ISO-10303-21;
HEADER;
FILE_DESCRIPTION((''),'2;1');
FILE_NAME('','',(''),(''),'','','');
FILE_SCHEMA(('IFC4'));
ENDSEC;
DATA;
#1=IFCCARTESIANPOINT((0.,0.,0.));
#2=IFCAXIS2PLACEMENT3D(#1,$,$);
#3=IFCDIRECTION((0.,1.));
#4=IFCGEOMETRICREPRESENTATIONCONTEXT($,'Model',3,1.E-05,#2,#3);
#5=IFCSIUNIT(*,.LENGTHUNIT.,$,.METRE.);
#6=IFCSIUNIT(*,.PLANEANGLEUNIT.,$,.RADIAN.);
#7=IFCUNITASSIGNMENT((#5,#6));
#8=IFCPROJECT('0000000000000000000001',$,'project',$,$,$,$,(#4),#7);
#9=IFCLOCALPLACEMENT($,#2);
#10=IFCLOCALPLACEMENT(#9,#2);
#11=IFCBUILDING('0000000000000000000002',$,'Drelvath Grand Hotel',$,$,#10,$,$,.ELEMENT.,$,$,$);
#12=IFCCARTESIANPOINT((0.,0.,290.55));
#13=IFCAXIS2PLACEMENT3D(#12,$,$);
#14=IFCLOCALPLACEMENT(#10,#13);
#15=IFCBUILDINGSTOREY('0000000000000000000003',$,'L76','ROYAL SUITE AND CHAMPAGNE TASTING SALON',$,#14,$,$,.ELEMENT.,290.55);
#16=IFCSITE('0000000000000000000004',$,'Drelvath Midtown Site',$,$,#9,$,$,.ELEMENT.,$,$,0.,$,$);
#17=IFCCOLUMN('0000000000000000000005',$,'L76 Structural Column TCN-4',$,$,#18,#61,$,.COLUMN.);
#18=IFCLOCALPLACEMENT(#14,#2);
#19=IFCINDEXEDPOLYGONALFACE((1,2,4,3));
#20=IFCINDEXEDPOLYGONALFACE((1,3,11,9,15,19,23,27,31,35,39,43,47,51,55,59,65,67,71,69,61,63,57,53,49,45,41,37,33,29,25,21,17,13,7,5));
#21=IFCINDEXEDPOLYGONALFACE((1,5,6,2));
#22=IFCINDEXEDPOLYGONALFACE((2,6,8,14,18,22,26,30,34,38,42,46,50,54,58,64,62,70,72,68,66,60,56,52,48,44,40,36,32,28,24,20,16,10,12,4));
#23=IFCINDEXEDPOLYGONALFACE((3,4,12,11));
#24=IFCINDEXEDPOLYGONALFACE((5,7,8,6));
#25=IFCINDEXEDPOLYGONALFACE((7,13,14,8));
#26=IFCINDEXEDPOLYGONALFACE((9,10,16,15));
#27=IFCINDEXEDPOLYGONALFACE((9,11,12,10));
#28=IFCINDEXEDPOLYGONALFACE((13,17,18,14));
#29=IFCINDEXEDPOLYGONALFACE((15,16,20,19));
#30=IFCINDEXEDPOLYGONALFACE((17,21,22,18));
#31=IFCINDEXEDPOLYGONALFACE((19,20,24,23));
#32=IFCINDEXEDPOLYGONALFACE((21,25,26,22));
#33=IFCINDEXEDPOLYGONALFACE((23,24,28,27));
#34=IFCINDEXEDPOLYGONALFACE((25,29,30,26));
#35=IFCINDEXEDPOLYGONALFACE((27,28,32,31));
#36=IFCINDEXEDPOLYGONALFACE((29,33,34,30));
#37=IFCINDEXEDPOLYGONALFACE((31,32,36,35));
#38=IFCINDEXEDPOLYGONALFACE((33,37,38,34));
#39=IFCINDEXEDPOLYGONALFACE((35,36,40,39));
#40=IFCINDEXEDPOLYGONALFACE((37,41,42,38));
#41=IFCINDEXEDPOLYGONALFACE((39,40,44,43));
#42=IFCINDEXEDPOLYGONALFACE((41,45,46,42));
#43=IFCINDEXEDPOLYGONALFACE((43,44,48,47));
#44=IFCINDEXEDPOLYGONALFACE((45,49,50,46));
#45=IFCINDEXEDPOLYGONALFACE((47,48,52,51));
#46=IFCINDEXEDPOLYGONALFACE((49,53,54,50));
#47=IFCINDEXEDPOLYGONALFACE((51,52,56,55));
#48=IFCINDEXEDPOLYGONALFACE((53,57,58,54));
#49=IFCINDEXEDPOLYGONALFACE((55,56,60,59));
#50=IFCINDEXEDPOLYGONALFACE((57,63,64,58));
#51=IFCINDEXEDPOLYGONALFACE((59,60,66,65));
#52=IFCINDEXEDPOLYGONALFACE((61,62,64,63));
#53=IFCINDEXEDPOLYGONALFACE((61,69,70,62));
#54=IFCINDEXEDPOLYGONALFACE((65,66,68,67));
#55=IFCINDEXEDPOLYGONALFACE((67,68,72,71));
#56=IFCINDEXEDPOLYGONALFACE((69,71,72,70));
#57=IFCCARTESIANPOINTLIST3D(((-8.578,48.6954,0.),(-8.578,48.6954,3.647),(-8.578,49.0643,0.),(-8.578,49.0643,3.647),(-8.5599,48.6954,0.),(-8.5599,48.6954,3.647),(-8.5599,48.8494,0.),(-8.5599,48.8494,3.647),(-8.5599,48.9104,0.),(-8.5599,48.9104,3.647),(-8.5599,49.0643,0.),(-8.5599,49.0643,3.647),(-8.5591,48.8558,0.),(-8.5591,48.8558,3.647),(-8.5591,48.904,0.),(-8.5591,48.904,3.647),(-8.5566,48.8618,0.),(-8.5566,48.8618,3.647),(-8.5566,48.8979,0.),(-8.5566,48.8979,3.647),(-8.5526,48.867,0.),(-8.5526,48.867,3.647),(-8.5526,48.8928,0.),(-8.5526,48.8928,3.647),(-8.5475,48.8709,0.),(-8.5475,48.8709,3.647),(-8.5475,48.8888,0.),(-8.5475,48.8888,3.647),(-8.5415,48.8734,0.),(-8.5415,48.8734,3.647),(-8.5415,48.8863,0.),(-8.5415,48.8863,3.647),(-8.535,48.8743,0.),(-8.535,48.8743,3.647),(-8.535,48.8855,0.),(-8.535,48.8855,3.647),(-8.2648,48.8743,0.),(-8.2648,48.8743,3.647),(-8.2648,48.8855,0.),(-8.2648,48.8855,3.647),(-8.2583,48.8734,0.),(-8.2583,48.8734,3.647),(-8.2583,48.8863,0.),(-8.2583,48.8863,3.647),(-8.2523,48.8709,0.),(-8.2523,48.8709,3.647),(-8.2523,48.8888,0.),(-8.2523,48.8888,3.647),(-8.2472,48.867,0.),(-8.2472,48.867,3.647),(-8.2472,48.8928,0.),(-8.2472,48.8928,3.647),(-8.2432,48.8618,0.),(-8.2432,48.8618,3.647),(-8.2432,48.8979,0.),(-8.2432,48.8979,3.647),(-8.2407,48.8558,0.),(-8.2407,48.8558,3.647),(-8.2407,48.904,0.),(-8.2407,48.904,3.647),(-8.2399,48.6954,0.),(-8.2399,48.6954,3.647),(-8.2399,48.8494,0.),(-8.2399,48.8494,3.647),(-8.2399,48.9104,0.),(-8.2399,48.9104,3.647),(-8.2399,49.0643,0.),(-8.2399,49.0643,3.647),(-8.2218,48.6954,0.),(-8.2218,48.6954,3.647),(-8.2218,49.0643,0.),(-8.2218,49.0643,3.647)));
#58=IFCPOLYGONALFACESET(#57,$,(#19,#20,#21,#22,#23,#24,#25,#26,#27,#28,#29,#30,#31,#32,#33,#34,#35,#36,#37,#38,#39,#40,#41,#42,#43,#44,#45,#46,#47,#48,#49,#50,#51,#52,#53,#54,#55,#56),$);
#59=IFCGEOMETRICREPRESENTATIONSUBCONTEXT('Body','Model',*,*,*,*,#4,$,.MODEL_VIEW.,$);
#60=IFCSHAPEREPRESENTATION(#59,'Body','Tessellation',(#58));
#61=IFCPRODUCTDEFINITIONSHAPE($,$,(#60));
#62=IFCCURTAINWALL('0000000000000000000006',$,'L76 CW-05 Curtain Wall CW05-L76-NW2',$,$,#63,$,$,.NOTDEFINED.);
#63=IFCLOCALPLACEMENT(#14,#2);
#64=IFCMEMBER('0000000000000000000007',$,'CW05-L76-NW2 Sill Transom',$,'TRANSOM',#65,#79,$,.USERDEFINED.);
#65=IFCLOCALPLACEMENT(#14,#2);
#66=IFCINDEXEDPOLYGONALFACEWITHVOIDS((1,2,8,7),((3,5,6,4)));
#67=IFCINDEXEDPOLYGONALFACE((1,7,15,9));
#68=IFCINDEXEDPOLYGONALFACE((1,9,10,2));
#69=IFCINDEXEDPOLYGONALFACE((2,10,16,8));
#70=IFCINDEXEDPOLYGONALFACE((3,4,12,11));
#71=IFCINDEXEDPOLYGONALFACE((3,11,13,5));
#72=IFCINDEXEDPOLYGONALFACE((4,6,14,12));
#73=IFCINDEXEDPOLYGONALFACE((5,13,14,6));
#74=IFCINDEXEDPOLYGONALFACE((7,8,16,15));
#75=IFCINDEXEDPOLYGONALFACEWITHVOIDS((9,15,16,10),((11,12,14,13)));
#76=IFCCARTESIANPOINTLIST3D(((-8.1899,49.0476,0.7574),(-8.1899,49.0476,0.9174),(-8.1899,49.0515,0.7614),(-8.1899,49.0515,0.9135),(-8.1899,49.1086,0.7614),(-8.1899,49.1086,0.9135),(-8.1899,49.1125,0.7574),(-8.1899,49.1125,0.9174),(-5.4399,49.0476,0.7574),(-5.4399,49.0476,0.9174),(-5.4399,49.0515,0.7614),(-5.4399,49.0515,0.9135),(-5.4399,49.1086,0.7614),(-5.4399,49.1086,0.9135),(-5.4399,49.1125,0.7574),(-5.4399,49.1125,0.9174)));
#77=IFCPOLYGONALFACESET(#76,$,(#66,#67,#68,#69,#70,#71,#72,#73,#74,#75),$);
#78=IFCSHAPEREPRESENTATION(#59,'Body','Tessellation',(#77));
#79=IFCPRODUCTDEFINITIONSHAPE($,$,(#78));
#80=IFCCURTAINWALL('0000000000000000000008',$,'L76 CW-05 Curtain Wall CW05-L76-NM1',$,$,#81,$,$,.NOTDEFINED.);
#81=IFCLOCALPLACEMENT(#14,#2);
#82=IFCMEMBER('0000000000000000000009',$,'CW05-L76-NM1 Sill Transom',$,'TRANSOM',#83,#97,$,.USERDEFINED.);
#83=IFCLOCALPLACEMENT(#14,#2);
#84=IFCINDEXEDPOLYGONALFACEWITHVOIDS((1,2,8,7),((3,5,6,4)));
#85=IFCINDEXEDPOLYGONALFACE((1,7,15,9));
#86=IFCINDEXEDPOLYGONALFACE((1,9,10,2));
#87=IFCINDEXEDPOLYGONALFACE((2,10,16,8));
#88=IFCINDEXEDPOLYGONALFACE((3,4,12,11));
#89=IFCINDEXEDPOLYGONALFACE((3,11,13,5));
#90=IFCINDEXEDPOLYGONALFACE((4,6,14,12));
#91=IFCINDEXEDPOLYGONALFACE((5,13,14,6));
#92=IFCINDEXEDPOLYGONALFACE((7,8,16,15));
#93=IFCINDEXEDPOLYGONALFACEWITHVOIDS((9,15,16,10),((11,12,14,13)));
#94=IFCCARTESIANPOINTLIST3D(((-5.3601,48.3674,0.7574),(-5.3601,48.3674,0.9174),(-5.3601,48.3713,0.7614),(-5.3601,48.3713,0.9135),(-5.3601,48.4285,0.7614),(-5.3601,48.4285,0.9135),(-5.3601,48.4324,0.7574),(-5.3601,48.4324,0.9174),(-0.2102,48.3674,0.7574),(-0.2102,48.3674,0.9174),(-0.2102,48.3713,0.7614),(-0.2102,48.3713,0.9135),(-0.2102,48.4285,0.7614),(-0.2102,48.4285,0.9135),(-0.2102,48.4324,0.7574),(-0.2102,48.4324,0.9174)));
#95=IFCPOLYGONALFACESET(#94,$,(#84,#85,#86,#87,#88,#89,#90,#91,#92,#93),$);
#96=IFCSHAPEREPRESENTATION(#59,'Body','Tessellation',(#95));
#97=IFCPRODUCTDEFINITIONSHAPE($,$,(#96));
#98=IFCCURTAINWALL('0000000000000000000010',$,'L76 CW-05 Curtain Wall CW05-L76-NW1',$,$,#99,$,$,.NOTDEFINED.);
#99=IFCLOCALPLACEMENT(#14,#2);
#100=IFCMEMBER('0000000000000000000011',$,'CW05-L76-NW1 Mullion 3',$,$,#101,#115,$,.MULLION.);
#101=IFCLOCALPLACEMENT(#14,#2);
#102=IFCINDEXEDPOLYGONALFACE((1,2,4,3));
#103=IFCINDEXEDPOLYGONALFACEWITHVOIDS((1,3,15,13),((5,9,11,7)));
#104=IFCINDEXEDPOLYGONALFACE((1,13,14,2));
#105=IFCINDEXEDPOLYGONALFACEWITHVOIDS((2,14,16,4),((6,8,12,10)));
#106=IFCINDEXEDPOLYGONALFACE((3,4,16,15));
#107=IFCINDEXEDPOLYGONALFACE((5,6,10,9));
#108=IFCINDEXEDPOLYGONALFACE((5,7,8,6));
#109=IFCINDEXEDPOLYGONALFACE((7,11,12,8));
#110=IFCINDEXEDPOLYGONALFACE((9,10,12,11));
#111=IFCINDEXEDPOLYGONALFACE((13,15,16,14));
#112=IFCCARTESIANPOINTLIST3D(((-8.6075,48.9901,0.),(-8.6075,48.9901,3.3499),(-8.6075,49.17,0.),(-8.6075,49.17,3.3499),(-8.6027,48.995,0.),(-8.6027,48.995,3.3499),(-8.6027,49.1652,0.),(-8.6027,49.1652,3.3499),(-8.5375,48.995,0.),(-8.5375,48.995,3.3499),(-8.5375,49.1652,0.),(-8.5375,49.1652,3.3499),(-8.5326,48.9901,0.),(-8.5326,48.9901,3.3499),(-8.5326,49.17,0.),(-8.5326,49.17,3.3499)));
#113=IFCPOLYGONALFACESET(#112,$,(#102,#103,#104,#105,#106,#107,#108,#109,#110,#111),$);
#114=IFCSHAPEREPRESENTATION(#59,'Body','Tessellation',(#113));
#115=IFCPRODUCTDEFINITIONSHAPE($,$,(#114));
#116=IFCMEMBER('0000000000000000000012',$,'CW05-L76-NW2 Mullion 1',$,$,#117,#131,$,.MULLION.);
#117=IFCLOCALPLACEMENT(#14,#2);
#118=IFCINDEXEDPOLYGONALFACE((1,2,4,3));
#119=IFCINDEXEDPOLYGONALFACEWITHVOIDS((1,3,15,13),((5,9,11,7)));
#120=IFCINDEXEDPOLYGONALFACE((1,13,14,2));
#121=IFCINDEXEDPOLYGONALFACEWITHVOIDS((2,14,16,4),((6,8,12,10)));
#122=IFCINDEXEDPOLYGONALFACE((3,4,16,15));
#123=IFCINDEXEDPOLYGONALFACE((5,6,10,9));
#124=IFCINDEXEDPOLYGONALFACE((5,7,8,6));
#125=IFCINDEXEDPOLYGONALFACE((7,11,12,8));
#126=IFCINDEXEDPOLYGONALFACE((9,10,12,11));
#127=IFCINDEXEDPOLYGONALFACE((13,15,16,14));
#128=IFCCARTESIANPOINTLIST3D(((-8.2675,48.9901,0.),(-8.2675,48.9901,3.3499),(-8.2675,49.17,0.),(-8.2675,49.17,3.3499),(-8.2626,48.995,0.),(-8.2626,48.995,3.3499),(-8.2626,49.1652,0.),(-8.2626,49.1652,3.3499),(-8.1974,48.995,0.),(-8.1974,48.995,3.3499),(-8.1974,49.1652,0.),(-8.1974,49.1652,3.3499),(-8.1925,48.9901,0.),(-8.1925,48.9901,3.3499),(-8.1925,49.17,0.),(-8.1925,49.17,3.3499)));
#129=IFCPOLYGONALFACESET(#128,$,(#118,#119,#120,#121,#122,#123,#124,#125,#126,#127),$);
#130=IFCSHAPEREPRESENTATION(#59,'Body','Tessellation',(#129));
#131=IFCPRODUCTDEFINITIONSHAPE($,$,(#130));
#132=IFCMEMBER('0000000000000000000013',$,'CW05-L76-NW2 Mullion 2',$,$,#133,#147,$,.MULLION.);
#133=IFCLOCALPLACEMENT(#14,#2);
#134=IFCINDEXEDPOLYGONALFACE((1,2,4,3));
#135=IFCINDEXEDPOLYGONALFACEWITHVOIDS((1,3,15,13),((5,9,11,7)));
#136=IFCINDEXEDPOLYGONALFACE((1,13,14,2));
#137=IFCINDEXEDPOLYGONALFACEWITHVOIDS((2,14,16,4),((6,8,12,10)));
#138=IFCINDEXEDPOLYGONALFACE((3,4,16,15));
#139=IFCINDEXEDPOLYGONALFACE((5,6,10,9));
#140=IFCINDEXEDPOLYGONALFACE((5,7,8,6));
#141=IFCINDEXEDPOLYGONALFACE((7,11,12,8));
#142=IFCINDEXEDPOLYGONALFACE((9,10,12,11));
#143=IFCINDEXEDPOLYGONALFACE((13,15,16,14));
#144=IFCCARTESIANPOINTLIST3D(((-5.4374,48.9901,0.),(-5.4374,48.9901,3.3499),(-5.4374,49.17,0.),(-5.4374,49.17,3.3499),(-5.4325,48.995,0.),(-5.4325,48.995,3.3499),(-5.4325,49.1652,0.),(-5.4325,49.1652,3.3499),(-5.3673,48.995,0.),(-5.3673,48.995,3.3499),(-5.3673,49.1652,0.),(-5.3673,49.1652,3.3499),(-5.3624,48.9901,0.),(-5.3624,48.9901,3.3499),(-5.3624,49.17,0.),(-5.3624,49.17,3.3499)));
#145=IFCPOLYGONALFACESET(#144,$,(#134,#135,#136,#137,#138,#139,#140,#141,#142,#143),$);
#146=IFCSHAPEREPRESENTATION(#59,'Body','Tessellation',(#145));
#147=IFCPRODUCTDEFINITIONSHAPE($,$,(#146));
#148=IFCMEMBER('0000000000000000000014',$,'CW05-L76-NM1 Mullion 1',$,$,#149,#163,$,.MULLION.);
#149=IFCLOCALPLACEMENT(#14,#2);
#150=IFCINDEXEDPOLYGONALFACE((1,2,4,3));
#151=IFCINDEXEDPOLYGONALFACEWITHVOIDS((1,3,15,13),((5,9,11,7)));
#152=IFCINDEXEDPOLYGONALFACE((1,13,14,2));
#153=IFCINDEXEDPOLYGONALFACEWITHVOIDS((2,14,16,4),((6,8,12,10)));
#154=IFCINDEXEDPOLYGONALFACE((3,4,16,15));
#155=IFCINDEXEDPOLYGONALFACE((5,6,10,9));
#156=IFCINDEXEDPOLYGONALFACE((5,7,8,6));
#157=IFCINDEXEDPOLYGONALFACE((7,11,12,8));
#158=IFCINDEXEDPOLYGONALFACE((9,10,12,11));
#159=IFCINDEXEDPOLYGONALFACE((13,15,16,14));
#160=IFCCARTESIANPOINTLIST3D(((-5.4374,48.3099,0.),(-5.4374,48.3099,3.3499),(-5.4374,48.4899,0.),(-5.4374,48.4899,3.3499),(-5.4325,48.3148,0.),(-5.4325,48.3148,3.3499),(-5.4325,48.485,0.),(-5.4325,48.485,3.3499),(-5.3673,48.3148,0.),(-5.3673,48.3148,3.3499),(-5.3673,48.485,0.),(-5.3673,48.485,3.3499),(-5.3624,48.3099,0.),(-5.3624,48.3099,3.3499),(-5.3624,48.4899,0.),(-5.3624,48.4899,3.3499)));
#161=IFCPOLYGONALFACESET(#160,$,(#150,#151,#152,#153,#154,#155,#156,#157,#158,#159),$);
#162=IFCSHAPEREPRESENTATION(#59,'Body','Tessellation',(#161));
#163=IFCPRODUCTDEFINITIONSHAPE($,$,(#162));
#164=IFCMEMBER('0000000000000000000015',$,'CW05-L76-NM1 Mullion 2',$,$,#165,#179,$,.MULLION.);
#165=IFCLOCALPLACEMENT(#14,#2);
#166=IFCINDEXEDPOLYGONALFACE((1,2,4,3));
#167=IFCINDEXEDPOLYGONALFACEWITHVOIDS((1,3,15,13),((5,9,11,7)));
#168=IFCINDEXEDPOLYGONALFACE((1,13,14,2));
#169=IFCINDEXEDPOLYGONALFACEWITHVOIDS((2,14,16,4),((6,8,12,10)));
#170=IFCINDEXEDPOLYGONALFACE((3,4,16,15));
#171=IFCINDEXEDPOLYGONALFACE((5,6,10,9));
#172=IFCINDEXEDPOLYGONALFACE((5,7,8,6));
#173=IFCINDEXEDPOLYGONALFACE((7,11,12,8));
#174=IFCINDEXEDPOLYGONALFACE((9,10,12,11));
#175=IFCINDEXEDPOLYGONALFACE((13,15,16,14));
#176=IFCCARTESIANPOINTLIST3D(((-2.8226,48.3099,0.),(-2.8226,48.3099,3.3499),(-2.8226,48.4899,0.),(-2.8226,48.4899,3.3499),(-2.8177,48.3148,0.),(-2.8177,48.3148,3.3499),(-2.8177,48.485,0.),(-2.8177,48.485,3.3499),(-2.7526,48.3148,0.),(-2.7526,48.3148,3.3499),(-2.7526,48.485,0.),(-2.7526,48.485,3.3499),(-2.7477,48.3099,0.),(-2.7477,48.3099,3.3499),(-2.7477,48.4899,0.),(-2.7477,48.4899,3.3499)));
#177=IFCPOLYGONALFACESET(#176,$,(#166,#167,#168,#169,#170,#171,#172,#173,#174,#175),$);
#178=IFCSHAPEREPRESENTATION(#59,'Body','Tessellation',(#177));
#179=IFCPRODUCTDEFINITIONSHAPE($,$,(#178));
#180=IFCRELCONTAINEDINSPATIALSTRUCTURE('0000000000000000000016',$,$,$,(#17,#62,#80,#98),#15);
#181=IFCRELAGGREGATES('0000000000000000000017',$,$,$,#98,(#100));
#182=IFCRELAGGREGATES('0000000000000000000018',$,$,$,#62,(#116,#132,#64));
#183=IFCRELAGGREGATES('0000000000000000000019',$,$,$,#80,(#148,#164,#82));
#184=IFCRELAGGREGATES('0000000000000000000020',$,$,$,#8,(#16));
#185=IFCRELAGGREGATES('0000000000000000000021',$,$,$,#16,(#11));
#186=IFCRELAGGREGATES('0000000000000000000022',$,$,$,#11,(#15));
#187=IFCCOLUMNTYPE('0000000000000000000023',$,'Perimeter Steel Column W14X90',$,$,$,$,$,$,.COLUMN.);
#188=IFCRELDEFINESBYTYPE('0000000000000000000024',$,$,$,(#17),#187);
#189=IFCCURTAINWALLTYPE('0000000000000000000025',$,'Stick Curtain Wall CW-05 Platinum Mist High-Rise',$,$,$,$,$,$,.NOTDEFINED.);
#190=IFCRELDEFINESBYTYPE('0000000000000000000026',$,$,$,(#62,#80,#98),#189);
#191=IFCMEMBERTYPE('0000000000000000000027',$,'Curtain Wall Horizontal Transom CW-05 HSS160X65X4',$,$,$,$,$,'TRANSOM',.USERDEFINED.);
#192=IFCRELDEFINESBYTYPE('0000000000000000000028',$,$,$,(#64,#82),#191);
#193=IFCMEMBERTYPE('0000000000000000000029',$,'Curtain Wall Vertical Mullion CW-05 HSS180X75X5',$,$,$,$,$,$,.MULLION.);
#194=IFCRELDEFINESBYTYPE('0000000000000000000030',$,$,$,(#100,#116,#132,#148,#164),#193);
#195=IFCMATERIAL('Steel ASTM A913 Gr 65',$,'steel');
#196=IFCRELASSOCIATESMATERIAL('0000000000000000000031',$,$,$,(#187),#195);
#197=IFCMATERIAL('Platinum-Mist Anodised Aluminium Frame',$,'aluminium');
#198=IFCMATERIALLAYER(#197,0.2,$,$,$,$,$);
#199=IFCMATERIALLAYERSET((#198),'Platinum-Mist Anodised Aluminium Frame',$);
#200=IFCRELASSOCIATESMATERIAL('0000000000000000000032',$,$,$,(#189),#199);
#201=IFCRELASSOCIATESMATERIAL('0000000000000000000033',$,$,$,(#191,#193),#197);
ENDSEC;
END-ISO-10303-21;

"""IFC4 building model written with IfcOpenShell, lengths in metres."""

from ifc_helpers import new_model, si_unit, direction, frame, origin, origin_2d, place, context, subcontext, project, spatial, hollow_rectangle, i_section, extrude, material, layer, layer_set, material_profile, profile_set, type_object, element, aggregate, save


model = new_model("IFC4")

# Units and contexts
model_context = context("Model", 3, precision=1e-05, world=origin(), true_north=direction((0.0, 1.0)))
body_context = subcontext(model_context, "Body", "Model", "MODEL_VIEW")
ifc_project = project(units=[si_unit("LENGTHUNIT", "METRE"), si_unit("PLANEANGLEUNIT", "RADIAN")], contexts=[model_context])

# Site, building, storey
site_placement = place(None, origin())
site = spatial("IfcSite", under=ifc_project, at=site_placement, Name="Drelvath Midtown Site", CompositionType="ELEMENT", RefElevation=0.0)
building_placement = place(site_placement, origin())
building = spatial("IfcBuilding", under=site, at=building_placement, Name="Drelvath Grand Hotel", CompositionType="ELEMENT")
storey_placement = place(building_placement, frame((0.0, 0.0, 290.55)))
storey = spatial("IfcBuildingStorey", under=building, at=storey_placement, Name="L76", Description="ROYAL SUITE AND CHAMPAGNE TASTING SALON", CompositionType="ELEMENT", Elevation=290.55)

# Column
ifc_material_1 = material(Name="Steel ASTM A913 Gr 65", Category="steel")
ifc_material_profile_1 = material_profile(ifc_material_1, i_section(OverallWidth=0.3689, OverallDepth=0.3562, WebThickness=0.0112, FlangeThickness=0.0181, FilletRadius=0.0249, at=origin_2d()), Name="W14X90")
ifc_profile_set_1 = profile_set([ifc_material_profile_1], Name="Steel ASTM A913 Gr 65")
column_type = type_object("IfcColumnType", Name="Perimeter Steel Column W14X90", PredefinedType="COLUMN", material=ifc_profile_set_1)
column_placement = place(storey_placement, frame((-8.3999, 48.8799, 0.0), z_axis=(0.0, 0.0, 1.0), x_axis=(0.0, 1.0, 0.0)))
element("IfcColumn", 1, at=column_placement, inside=storey, type_object=column_type, Name="L76 Structural Column TCN-4", PredefinedType="COLUMN", context=body_context, shape_type="SweptSolid", body=[
    extrude(i_section(OverallWidth=0.3689, OverallDepth=0.3562, WebThickness=0.0112, FlangeThickness=0.0181, FilletRadius=0.0249, at=origin_2d()), origin(), (0.0, 0.0, 1.0), 3.647),
])

# Curtain walls, members
ifc_material_2 = material(Name="Platinum-Mist Anodised Aluminium Frame", Category="aluminium")
ifc_layer_1 = layer(ifc_material_2, 0.2)
ifc_layer_set_1 = layer_set([ifc_layer_1], Name="Platinum-Mist Anodised Aluminium Frame")
curtain_wall_type = type_object("IfcCurtainWallType", Name="Stick Curtain Wall CW-05 Platinum Mist High-Rise", PredefinedType="NOTDEFINED", material=ifc_layer_set_1)
curtain_wall_1_placement = place(storey_placement, origin())
curtain_wall_1 = element("IfcCurtainWall", 2, at=curtain_wall_1_placement, inside=storey, type_object=curtain_wall_type, Name="L76 CW-05 Curtain Wall CW05-L76-NW2", PredefinedType="NOTDEFINED")
ifc_material_profile_2 = material_profile(ifc_material_2, hollow_rectangle(XDim=0.0649, YDim=0.1599, WallThickness=0.0039, at=origin_2d()), Name="HSS160X65X4")
ifc_profile_set_2 = profile_set([ifc_material_profile_2], Name="Platinum-Mist Anodised Aluminium Frame")
member_type_1 = type_object("IfcMemberType", Name="Curtain Wall Horizontal Transom CW-05 HSS160X65X4", ElementType="TRANSOM", PredefinedType="USERDEFINED", material=ifc_profile_set_2)
member_1_placement = place(storey_placement, frame((-8.1899, 49.0801, 0.8374), z_axis=(1.0, 0.0, 0.0), x_axis=(0.0, 1.0, 0.0)))
member_1 = element("IfcMember", 3, at=member_1_placement, type_object=member_type_1, Name="CW05-L76-NW2 Sill Transom", ObjectType="TRANSOM", PredefinedType="USERDEFINED", context=body_context, shape_type="SweptSolid", body=[
    extrude(hollow_rectangle(XDim=0.0649, YDim=0.1599, WallThickness=0.0039, at=origin_2d()), origin(), (0.0, 0.0, 1.0), 2.75),
])
curtain_wall_2_placement = place(storey_placement, origin())
curtain_wall_2 = element("IfcCurtainWall", 4, at=curtain_wall_2_placement, inside=storey, type_object=curtain_wall_type, Name="L76 CW-05 Curtain Wall CW05-L76-NM1", PredefinedType="NOTDEFINED")
member_2_placement = place(storey_placement, frame((-5.3601, 48.3999, 0.8374), z_axis=(1.0, 0.0, 0.0), x_axis=(0.0, 1.0, 0.0)))
member_2 = element("IfcMember", 5, at=member_2_placement, type_object=member_type_1, Name="CW05-L76-NM1 Sill Transom", ObjectType="TRANSOM", PredefinedType="USERDEFINED", context=body_context, shape_type="SweptSolid", body=[
    extrude(hollow_rectangle(XDim=0.0649, YDim=0.1599, WallThickness=0.0039, at=origin_2d()), origin(), (0.0, 0.0, 1.0), 5.1499),
])
curtain_wall_3_placement = place(storey_placement, origin())
curtain_wall_3 = element("IfcCurtainWall", 6, at=curtain_wall_3_placement, inside=storey, type_object=curtain_wall_type, Name="L76 CW-05 Curtain Wall CW05-L76-NW1", PredefinedType="NOTDEFINED")
ifc_material_profile_3 = material_profile(ifc_material_2, hollow_rectangle(XDim=0.075, YDim=0.1799, WallThickness=0.0049, at=origin_2d()), Name="HSS180X75X5")
ifc_profile_set_3 = profile_set([ifc_material_profile_3], Name="Platinum-Mist Anodised Aluminium Frame")
member_type_2 = type_object("IfcMemberType", Name="Curtain Wall Vertical Mullion CW-05 HSS180X75X5", PredefinedType="MULLION", material=ifc_profile_set_3)
member_3_placement = place(storey_placement, frame((-8.5701, 49.0801, 0.0), z_axis=(0.0, 0.0, 1.0), x_axis=(1.0, 0.0, 0.0)))
member_3 = element("IfcMember", 7, at=member_3_placement, type_object=member_type_2, Name="CW05-L76-NW1 Mullion 3", PredefinedType="MULLION", context=body_context, shape_type="SweptSolid", body=[
    extrude(hollow_rectangle(XDim=0.075, YDim=0.1799, WallThickness=0.0049, at=origin_2d()), origin(), (0.0, 0.0, 1.0), 3.3499),
])

# Members
member_4_placement = place(storey_placement, frame((-8.23, 49.0801, 0.0), z_axis=(0.0, 0.0, 1.0), x_axis=(1.0, 0.0, 0.0)))
member_4 = element("IfcMember", 8, at=member_4_placement, type_object=member_type_2, Name="CW05-L76-NW2 Mullion 1", PredefinedType="MULLION", context=body_context, shape_type="SweptSolid", body=[
    extrude(hollow_rectangle(XDim=0.075, YDim=0.1799, WallThickness=0.0049, at=origin_2d()), origin(), (0.0, 0.0, 1.0), 3.3499),
])
member_5_placement = place(storey_placement, frame((-5.3999, 49.0801, 0.0), z_axis=(0.0, 0.0, 1.0), x_axis=(1.0, 0.0, 0.0)))
member_5 = element("IfcMember", 9, at=member_5_placement, type_object=member_type_2, Name="CW05-L76-NW2 Mullion 2", PredefinedType="MULLION", context=body_context, shape_type="SweptSolid", body=[
    extrude(hollow_rectangle(XDim=0.075, YDim=0.1799, WallThickness=0.0049, at=origin_2d()), origin(), (0.0, 0.0, 1.0), 3.3499),
])
member_6_placement = place(storey_placement, frame((-5.3999, 48.3999, 0.0), z_axis=(0.0, 0.0, 1.0), x_axis=(1.0, 0.0, 0.0)))
member_6 = element("IfcMember", 10, at=member_6_placement, type_object=member_type_2, Name="CW05-L76-NM1 Mullion 1", PredefinedType="MULLION", context=body_context, shape_type="SweptSolid", body=[
    extrude(hollow_rectangle(XDim=0.075, YDim=0.1799, WallThickness=0.0049, at=origin_2d()), origin(), (0.0, 0.0, 1.0), 3.3499),
])
member_7_placement = place(storey_placement, frame((-2.7852, 48.3999, 0.0), z_axis=(0.0, 0.0, 1.0), x_axis=(1.0, 0.0, 0.0)))
member_7 = element("IfcMember", 11, at=member_7_placement, type_object=member_type_2, Name="CW05-L76-NM1 Mullion 2", PredefinedType="MULLION", context=body_context, shape_type="SweptSolid", body=[
    extrude(hollow_rectangle(XDim=0.075, YDim=0.1799, WallThickness=0.0049, at=origin_2d()), origin(), (0.0, 0.0, 1.0), 3.3499),
])

aggregate(curtain_wall_3, [member_3])
aggregate(curtain_wall_1, [member_4, member_5, member_1])
aggregate(curtain_wall_2, [member_6, member_7, member_2])

save(model, "model.ifc")
